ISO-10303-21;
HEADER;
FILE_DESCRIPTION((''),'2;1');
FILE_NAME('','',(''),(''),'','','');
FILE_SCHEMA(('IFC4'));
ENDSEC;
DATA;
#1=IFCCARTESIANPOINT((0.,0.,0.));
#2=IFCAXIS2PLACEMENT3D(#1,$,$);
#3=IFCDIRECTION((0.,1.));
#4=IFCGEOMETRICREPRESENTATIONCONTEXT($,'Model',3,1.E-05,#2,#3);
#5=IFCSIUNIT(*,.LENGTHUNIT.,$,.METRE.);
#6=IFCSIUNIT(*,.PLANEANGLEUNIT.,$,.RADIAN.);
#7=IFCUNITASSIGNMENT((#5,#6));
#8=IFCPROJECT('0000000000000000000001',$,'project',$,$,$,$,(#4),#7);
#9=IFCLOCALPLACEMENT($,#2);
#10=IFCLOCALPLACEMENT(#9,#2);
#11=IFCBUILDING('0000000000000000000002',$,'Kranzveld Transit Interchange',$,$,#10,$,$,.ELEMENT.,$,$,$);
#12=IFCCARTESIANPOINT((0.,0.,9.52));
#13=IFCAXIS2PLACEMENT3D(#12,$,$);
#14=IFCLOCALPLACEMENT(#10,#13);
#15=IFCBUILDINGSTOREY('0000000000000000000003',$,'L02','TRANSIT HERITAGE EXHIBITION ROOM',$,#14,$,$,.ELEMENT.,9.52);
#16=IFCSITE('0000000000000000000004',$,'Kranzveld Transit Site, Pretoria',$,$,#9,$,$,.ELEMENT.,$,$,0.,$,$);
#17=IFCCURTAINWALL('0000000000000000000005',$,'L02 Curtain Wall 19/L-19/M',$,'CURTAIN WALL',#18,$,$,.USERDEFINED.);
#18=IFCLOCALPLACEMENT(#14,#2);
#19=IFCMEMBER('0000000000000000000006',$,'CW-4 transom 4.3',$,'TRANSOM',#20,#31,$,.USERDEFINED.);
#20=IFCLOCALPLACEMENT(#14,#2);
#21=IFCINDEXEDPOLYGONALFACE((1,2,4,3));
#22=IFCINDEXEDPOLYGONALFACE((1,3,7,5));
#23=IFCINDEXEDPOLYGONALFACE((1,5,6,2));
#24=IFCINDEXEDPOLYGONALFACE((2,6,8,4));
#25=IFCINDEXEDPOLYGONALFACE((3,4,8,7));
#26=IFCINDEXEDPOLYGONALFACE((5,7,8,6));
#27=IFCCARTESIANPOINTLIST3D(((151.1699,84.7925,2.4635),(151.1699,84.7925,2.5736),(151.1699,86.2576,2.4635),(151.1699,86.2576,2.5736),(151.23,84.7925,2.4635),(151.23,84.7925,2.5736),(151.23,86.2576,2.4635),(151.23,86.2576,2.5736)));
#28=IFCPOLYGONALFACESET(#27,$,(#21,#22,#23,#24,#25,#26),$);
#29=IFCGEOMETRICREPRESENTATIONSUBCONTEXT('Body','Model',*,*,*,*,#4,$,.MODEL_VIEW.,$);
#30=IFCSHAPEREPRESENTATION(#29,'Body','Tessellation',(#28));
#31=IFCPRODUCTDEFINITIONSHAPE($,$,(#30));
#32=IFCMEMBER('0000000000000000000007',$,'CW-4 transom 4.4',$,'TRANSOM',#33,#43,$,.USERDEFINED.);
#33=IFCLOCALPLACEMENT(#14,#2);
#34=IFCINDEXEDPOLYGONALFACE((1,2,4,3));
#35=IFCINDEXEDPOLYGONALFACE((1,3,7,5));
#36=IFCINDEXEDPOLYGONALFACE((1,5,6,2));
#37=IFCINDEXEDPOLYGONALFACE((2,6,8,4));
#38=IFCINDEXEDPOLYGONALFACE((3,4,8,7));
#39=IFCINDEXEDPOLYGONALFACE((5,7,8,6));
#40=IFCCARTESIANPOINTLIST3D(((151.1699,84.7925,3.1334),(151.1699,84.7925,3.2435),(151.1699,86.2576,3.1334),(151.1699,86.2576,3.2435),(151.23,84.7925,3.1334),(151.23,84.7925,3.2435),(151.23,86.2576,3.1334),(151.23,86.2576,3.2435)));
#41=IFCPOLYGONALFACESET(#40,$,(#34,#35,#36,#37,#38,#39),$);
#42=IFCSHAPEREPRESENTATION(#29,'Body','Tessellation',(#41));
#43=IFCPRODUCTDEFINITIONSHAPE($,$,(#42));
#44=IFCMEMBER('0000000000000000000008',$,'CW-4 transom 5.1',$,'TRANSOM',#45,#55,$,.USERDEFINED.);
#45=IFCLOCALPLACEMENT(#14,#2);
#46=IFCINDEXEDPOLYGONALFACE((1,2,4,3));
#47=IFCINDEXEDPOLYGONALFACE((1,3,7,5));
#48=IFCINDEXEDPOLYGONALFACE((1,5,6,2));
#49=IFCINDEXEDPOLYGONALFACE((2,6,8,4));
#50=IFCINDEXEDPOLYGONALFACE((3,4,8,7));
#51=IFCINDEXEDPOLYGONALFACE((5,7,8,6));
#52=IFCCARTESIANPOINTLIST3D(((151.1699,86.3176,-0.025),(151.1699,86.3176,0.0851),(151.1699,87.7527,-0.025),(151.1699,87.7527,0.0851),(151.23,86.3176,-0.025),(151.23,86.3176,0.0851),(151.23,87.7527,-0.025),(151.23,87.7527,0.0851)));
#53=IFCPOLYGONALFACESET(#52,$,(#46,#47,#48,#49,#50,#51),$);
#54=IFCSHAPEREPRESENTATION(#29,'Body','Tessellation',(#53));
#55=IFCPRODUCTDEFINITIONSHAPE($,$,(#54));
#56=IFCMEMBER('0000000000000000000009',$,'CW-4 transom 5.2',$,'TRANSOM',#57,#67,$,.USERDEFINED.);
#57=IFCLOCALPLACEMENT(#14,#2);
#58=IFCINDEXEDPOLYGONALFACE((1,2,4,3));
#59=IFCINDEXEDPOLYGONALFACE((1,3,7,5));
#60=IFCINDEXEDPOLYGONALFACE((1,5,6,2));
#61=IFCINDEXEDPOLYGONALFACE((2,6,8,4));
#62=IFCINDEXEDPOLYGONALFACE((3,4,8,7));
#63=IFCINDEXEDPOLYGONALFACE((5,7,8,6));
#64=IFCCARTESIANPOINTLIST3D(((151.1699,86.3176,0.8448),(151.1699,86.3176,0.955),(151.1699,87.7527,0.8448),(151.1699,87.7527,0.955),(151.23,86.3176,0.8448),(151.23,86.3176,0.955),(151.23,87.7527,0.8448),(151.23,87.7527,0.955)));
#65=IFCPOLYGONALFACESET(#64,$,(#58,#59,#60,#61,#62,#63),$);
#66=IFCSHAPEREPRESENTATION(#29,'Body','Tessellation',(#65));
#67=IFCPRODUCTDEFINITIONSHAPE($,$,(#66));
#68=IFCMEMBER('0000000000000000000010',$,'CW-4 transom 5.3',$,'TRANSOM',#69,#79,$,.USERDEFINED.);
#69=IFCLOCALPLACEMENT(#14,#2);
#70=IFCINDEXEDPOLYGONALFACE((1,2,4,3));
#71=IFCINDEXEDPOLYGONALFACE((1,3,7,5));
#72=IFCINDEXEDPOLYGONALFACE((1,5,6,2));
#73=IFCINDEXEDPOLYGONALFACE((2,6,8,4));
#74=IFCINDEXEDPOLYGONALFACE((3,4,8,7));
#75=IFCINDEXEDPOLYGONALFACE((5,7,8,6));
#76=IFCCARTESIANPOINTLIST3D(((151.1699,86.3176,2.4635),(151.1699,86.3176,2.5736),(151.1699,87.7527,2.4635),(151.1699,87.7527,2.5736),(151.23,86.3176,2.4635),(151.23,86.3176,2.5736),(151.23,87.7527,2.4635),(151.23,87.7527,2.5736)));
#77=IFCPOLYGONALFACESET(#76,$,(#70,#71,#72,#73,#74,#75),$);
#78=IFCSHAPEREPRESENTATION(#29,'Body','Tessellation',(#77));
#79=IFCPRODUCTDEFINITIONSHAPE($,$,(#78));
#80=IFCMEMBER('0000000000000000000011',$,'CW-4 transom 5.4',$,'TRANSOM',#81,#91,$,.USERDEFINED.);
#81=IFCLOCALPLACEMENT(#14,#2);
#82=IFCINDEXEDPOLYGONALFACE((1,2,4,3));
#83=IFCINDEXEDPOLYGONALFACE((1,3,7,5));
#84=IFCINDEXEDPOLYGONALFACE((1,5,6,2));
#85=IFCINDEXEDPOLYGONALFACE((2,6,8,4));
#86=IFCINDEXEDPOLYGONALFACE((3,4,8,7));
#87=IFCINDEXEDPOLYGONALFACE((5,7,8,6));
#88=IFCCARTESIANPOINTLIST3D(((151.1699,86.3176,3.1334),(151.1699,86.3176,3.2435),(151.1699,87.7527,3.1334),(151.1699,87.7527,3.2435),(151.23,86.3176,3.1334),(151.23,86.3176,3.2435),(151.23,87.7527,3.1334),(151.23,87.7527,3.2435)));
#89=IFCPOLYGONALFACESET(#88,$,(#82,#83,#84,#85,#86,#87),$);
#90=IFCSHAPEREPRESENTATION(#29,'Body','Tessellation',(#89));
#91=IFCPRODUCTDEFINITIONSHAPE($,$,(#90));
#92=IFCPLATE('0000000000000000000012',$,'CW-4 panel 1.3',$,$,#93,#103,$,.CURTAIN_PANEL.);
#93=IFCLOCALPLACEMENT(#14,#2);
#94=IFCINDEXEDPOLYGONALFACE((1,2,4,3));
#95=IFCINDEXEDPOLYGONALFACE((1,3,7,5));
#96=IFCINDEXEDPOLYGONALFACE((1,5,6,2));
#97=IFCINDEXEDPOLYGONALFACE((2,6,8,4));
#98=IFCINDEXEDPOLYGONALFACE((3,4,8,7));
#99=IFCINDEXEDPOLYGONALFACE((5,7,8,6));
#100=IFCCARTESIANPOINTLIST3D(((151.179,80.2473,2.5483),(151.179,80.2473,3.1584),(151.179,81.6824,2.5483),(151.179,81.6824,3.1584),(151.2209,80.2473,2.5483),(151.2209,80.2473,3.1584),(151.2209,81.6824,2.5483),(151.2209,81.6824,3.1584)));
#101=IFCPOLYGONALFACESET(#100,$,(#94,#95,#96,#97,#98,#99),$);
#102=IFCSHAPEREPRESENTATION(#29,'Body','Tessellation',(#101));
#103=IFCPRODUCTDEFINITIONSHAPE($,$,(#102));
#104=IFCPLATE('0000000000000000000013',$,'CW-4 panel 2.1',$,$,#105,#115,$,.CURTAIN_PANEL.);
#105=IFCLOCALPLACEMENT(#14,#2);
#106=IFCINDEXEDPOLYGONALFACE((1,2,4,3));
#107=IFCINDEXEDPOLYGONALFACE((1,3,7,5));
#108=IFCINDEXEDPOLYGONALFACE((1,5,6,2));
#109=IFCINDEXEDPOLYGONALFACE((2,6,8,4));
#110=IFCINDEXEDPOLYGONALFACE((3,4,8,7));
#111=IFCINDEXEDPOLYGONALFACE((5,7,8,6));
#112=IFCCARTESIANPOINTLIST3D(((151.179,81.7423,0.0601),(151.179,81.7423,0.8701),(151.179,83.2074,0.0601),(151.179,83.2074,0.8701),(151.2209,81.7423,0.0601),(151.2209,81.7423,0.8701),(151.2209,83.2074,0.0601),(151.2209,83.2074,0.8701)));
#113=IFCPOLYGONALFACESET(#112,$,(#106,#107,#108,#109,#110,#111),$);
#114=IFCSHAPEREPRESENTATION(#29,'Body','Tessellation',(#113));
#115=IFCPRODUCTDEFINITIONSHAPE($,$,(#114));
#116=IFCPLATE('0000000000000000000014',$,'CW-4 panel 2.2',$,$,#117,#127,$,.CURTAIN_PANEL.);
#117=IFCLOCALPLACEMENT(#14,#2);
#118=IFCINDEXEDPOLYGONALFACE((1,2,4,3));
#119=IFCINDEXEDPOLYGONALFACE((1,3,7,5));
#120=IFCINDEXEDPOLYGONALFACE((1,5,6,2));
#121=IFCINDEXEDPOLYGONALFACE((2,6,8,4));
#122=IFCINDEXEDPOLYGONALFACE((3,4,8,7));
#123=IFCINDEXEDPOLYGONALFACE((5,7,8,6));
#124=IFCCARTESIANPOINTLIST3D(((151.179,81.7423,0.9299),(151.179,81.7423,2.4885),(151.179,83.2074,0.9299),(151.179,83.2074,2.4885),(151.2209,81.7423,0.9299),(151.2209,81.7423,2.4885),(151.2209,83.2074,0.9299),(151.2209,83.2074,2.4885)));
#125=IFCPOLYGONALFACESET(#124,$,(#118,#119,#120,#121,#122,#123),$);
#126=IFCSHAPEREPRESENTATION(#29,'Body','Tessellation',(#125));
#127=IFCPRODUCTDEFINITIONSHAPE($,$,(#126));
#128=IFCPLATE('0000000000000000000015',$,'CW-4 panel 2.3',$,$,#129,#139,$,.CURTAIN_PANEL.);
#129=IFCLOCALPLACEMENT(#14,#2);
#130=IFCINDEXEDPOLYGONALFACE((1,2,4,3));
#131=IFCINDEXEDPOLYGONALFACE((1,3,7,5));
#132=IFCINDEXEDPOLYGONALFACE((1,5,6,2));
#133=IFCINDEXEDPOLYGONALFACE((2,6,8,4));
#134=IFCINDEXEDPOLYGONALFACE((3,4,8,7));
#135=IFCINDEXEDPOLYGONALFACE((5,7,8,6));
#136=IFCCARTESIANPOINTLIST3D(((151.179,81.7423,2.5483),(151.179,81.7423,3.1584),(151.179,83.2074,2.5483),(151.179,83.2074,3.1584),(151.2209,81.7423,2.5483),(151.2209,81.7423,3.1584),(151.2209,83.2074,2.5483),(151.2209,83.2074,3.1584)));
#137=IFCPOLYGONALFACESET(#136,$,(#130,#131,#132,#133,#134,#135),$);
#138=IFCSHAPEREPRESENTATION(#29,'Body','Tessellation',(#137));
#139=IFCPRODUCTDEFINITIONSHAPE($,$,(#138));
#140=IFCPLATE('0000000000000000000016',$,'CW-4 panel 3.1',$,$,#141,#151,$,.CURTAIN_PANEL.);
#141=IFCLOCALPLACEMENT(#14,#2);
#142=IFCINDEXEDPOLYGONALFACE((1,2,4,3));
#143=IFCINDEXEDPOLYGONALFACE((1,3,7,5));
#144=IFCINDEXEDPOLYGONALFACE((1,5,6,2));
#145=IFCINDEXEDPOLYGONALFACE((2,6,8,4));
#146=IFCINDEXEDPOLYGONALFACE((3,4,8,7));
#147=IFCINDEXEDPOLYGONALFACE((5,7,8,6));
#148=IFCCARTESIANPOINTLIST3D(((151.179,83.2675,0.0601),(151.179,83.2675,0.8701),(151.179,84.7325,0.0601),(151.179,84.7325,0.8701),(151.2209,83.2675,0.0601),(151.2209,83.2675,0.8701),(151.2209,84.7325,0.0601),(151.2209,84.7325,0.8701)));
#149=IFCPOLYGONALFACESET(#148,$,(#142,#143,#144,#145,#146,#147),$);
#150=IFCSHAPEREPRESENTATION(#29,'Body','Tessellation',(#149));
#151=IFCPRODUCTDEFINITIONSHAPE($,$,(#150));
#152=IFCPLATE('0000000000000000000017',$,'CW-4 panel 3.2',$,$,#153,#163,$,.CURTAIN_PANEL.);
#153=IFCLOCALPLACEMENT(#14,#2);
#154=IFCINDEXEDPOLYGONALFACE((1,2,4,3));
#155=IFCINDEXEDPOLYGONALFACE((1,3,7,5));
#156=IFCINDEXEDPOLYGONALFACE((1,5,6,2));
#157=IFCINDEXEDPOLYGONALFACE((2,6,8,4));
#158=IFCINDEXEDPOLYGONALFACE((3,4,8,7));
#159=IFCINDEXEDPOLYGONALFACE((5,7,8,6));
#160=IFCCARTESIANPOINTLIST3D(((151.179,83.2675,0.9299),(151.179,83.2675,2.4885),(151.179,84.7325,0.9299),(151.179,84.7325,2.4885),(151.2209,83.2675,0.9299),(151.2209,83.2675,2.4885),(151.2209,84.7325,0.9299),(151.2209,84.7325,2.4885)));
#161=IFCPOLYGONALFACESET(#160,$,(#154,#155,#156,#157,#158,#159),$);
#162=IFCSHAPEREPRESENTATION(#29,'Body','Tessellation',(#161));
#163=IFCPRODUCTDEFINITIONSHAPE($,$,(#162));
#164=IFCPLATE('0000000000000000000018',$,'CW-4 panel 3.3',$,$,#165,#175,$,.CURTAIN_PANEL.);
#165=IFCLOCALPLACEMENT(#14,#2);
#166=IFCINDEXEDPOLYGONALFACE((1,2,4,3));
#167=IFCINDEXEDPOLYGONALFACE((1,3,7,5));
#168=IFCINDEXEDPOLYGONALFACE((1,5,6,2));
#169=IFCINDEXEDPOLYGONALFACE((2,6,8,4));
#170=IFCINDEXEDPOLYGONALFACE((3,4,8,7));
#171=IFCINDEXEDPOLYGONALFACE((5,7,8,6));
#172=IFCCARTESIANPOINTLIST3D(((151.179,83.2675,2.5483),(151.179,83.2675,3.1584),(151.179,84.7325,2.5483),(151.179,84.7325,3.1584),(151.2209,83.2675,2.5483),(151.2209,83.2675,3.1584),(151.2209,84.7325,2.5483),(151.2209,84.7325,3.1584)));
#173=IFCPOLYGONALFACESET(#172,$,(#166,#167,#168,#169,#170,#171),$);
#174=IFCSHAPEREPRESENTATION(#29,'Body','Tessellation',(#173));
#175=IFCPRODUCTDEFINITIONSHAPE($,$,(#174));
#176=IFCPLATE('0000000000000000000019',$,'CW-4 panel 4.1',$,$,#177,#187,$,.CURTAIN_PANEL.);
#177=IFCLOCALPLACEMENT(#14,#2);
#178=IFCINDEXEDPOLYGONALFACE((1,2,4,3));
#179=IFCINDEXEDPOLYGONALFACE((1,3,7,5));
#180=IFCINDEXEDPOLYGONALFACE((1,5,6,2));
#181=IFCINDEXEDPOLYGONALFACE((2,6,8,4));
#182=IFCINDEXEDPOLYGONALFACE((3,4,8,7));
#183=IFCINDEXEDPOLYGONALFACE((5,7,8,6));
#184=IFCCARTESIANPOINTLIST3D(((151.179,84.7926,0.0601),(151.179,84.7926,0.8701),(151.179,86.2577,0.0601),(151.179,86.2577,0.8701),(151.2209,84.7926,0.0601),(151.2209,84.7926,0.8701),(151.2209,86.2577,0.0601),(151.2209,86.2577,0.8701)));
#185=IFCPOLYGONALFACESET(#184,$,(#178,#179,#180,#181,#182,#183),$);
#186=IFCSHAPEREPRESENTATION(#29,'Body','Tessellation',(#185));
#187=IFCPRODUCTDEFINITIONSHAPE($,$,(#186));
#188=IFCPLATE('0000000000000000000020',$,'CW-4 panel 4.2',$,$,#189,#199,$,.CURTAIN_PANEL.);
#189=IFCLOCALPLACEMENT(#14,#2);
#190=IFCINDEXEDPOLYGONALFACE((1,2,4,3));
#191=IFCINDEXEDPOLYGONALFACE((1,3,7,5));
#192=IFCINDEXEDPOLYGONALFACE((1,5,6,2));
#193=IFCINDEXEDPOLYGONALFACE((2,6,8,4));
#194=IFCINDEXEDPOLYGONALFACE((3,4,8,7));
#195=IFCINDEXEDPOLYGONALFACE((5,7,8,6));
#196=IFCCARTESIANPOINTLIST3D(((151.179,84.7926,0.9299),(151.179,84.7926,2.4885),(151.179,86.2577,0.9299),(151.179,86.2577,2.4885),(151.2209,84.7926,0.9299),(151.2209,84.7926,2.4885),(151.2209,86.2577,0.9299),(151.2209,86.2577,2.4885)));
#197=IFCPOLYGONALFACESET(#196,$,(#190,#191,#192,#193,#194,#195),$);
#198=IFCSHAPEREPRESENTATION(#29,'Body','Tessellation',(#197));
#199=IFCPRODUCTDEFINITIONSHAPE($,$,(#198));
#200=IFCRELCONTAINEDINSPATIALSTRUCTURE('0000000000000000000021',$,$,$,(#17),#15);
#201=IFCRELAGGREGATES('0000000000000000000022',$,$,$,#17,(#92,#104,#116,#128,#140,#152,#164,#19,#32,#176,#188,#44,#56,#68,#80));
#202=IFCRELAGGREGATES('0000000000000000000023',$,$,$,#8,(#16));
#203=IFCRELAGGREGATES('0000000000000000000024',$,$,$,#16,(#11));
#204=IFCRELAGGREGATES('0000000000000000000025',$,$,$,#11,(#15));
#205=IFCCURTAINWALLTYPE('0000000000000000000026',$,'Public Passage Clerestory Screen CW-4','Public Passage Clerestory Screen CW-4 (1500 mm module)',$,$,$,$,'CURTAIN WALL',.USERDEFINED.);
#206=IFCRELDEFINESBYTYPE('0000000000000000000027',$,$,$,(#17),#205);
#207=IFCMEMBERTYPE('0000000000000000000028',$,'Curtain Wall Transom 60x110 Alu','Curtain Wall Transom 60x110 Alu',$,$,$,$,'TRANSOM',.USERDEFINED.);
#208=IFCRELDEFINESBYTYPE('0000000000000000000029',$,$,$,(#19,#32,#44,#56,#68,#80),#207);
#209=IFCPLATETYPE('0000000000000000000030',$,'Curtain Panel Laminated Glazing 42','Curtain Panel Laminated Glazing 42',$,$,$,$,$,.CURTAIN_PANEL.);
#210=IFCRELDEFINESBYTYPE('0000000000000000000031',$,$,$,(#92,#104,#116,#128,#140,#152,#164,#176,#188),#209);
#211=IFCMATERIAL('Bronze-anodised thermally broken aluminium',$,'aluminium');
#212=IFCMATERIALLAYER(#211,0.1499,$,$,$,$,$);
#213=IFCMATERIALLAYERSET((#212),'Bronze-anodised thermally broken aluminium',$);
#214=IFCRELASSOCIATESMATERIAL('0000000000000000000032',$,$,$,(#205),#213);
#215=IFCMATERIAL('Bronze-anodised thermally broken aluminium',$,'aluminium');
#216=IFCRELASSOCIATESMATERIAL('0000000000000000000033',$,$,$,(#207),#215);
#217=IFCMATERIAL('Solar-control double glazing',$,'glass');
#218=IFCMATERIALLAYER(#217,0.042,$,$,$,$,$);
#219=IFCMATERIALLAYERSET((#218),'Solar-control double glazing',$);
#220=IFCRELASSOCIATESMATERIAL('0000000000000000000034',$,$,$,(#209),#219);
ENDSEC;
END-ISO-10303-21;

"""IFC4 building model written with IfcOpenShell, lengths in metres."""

from ifc_helpers import new_model, si_unit, direction, frame, origin, origin_2d, place, context, subcontext, project, spatial, rectangle, extrude, material, layer, layer_set, material_profile, profile_set, type_object, element, aggregate, save


model = new_model("IFC4")

# Units and contexts
model_context = context("Model", 3, precision=1e-05, world=origin(), true_north=direction((0.0, 1.0)))
body_context = subcontext(model_context, "Body", "Model", "MODEL_VIEW")
ifc_project = project(units=[si_unit("LENGTHUNIT", "METRE"), si_unit("PLANEANGLEUNIT", "RADIAN")], contexts=[model_context])

# Site, building, storey
site_placement = place(None, origin())
site = spatial("IfcSite", under=ifc_project, at=site_placement, Name="Kranzveld Transit Site, Pretoria", CompositionType="ELEMENT", RefElevation=0.0)
building_placement = place(site_placement, origin())
building = spatial("IfcBuilding", under=site, at=building_placement, Name="Kranzveld Transit Interchange", CompositionType="ELEMENT")
storey_placement = place(building_placement, frame((0.0, 0.0, 9.52)))
storey = spatial("IfcBuildingStorey", under=building, at=storey_placement, Name="L02", Description="TRANSIT HERITAGE EXHIBITION ROOM", CompositionType="ELEMENT", Elevation=9.52)

# Curtain wall, members, plates
ifc_material_1 = material(Name="Bronze-anodised thermally broken aluminium", Category="aluminium")
ifc_layer_1 = layer(ifc_material_1, 0.1499)
ifc_layer_set_1 = layer_set([ifc_layer_1], Name="Bronze-anodised thermally broken aluminium")
curtain_wall_type = type_object("IfcCurtainWallType", Name="Public Passage Clerestory Screen CW-4", Description="Public Passage Clerestory Screen CW-4 (1500 mm module)", ElementType="CURTAIN WALL", PredefinedType="USERDEFINED", material=ifc_layer_set_1)
curtain_wall_placement = place(storey_placement, origin())
curtain_wall = element("IfcCurtainWall", 1, at=curtain_wall_placement, inside=storey, type_object=curtain_wall_type, Name="L02 Curtain Wall 19/L-19/M", ObjectType="CURTAIN WALL", PredefinedType="USERDEFINED")
ifc_material_2 = material(Name="Bronze-anodised thermally broken aluminium", Category="aluminium")
ifc_material_profile_1 = material_profile(ifc_material_2, rectangle(XDim=0.0601, YDim=0.1101, at=origin_2d()), Name="ALU TRANSOM 60x110")
ifc_profile_set_1 = profile_set([ifc_material_profile_1], Name="Bronze-anodised thermally broken aluminium")
member_type_1 = type_object("IfcMemberType", Name="Curtain Wall Transom 60x110 Alu", Description="Curtain Wall Transom 60x110 Alu", ElementType="TRANSOM", PredefinedType="USERDEFINED", material=ifc_profile_set_1)
member_1_placement = place(storey_placement, frame((151.2, 84.7925, 2.5186), z_axis=(0.0, 1.0, 0.0), x_axis=(-1.0, 0.0, 0.0)))
member_1 = element("IfcMember", 2, at=member_1_placement, type_object=member_type_1, Name="CW-4 transom 4.3", ObjectType="TRANSOM", PredefinedType="USERDEFINED", context=body_context, shape_type="SweptSolid", body=[
    extrude(rectangle(XDim=0.0601, YDim=0.1101, at=origin_2d()), origin(), (0.0, 0.0, 1.0), 1.4651),
])
member_2_placement = place(storey_placement, frame((151.2, 84.7925, 3.1885), z_axis=(0.0, 1.0, 0.0), x_axis=(-1.0, 0.0, 0.0)))
member_2 = element("IfcMember", 3, at=member_2_placement, type_object=member_type_1, Name="CW-4 transom 4.4", ObjectType="TRANSOM", PredefinedType="USERDEFINED", context=body_context, shape_type="SweptSolid", body=[
    extrude(rectangle(XDim=0.0601, YDim=0.1101, at=origin_2d()), origin(), (0.0, 0.0, 1.0), 1.4651),
])
member_3_placement = place(storey_placement, frame((151.2, 86.3176, 0.03), z_axis=(0.0, 1.0, 0.0), x_axis=(-1.0, 0.0, 0.0)))
member_3 = element("IfcMember", 4, at=member_3_placement, type_object=member_type_1, Name="CW-4 transom 5.1", ObjectType="TRANSOM", PredefinedType="USERDEFINED", context=body_context, shape_type="SweptSolid", body=[
    extrude(rectangle(XDim=0.0601, YDim=0.1101, at=origin_2d()), origin(), (0.0, 0.0, 1.0), 1.4351),
])
member_4_placement = place(storey_placement, frame((151.2, 86.3176, 0.8999), z_axis=(0.0, 1.0, 0.0), x_axis=(-1.0, 0.0, 0.0)))
member_4 = element("IfcMember", 5, at=member_4_placement, type_object=member_type_1, Name="CW-4 transom 5.2", ObjectType="TRANSOM", PredefinedType="USERDEFINED", context=body_context, shape_type="SweptSolid", body=[
    extrude(rectangle(XDim=0.0601, YDim=0.1101, at=origin_2d()), origin(), (0.0, 0.0, 1.0), 1.4351),
])
member_5_placement = place(storey_placement, frame((151.2, 86.3176, 2.5186), z_axis=(0.0, 1.0, 0.0), x_axis=(-1.0, 0.0, 0.0)))
member_5 = element("IfcMember", 6, at=member_5_placement, type_object=member_type_1, Name="CW-4 transom 5.3", ObjectType="TRANSOM", PredefinedType="USERDEFINED", context=body_context, shape_type="SweptSolid", body=[
    extrude(rectangle(XDim=0.0601, YDim=0.1101, at=origin_2d()), origin(), (0.0, 0.0, 1.0), 1.4351),
])
member_6_placement = place(storey_placement, frame((151.2, 86.3176, 3.1885), z_axis=(0.0, 1.0, 0.0), x_axis=(-1.0, 0.0, 0.0)))
member_6 = element("IfcMember", 7, at=member_6_placement, type_object=member_type_1, Name="CW-4 transom 5.4", ObjectType="TRANSOM", PredefinedType="USERDEFINED", context=body_context, shape_type="SweptSolid", body=[
    extrude(rectangle(XDim=0.0601, YDim=0.1101, at=origin_2d()), origin(), (0.0, 0.0, 1.0), 1.4351),
])
ifc_material_3 = material(Name="Solar-control double glazing", Category="glass")
ifc_layer_2 = layer(ifc_material_3, 0.042)
ifc_layer_set_2 = layer_set([ifc_layer_2], Name="Solar-control double glazing")
plate_type = type_object("IfcPlateType", Name="Curtain Panel Laminated Glazing 42", Description="Curtain Panel Laminated Glazing 42", PredefinedType="CURTAIN_PANEL", material=ifc_layer_set_2)
plate_1_placement = place(storey_placement, frame((151.2, 80.9648, 2.5483), z_axis=(0.0, 0.0, 1.0), x_axis=(0.0, 1.0, 0.0)))
plate_1 = element("IfcPlate", 8, at=plate_1_placement, type_object=plate_type, Name="CW-4 panel 1.3", PredefinedType="CURTAIN_PANEL", context=body_context, shape_type="SweptSolid", body=[
    extrude(rectangle(XDim=1.4351, YDim=0.042, at=origin_2d()), origin(), (0.0, 0.0, 1.0), 0.6101),
])
plate_2_placement = place(storey_placement, frame((151.2, 82.4749, 0.0601), z_axis=(0.0, 0.0, 1.0), x_axis=(0.0, 1.0, 0.0)))
plate_2 = element("IfcPlate", 9, at=plate_2_placement, type_object=plate_type, Name="CW-4 panel 2.1", PredefinedType="CURTAIN_PANEL", context=body_context, shape_type="SweptSolid", body=[
    extrude(rectangle(XDim=1.4651, YDim=0.042, at=origin_2d()), origin(), (0.0, 0.0, 1.0), 0.8101),
])
plate_3_placement = place(storey_placement, frame((151.2, 82.4749, 0.9299), z_axis=(0.0, 0.0, 1.0), x_axis=(0.0, 1.0, 0.0)))
plate_3 = element("IfcPlate", 10, at=plate_3_placement, type_object=plate_type, Name="CW-4 panel 2.2", PredefinedType="CURTAIN_PANEL", context=body_context, shape_type="SweptSolid", body=[
    extrude(rectangle(XDim=1.4651, YDim=0.042, at=origin_2d()), origin(), (0.0, 0.0, 1.0), 1.5586),
])
plate_4_placement = place(storey_placement, frame((151.2, 82.4749, 2.5483), z_axis=(0.0, 0.0, 1.0), x_axis=(0.0, 1.0, 0.0)))
plate_4 = element("IfcPlate", 11, at=plate_4_placement, type_object=plate_type, Name="CW-4 panel 2.3", PredefinedType="CURTAIN_PANEL", context=body_context, shape_type="SweptSolid", body=[
    extrude(rectangle(XDim=1.4651, YDim=0.042, at=origin_2d()), origin(), (0.0, 0.0, 1.0), 0.6101),
])
plate_5_placement = place(storey_placement, frame((151.2, 84.0, 0.0601), z_axis=(0.0, 0.0, 1.0), x_axis=(0.0, 1.0, 0.0)))
plate_5 = element("IfcPlate", 12, at=plate_5_placement, type_object=plate_type, Name="CW-4 panel 3.1", PredefinedType="CURTAIN_PANEL", context=body_context, shape_type="SweptSolid", body=[
    extrude(rectangle(XDim=1.4651, YDim=0.042, at=origin_2d()), origin(), (0.0, 0.0, 1.0), 0.8101),
])
plate_6_placement = place(storey_placement, frame((151.2, 84.0, 0.9299), z_axis=(0.0, 0.0, 1.0), x_axis=(0.0, 1.0, 0.0)))
plate_6 = element("IfcPlate", 13, at=plate_6_placement, type_object=plate_type, Name="CW-4 panel 3.2", PredefinedType="CURTAIN_PANEL", context=body_context, shape_type="SweptSolid", body=[
    extrude(rectangle(XDim=1.4651, YDim=0.042, at=origin_2d()), origin(), (0.0, 0.0, 1.0), 1.5586),
])
plate_7_placement = place(storey_placement, frame((151.2, 84.0, 2.5483), z_axis=(0.0, 0.0, 1.0), x_axis=(0.0, 1.0, 0.0)))
plate_7 = element("IfcPlate", 14, at=plate_7_placement, type_object=plate_type, Name="CW-4 panel 3.3", PredefinedType="CURTAIN_PANEL", context=body_context, shape_type="SweptSolid", body=[
    extrude(rectangle(XDim=1.4651, YDim=0.042, at=origin_2d()), origin(), (0.0, 0.0, 1.0), 0.6101),
])
plate_8_placement = place(storey_placement, frame((151.2, 85.5251, 0.0601), z_axis=(0.0, 0.0, 1.0), x_axis=(0.0, 1.0, 0.0)))
plate_8 = element("IfcPlate", 15, at=plate_8_placement, type_object=plate_type, Name="CW-4 panel 4.1", PredefinedType="CURTAIN_PANEL", context=body_context, shape_type="SweptSolid", body=[
    extrude(rectangle(XDim=1.4651, YDim=0.042, at=origin_2d()), origin(), (0.0, 0.0, 1.0), 0.8101),
])
plate_9_placement = place(storey_placement, frame((151.2, 85.5251, 0.9299), z_axis=(0.0, 0.0, 1.0), x_axis=(0.0, 1.0, 0.0)))
plate_9 = element("IfcPlate", 16, at=plate_9_placement, type_object=plate_type, Name="CW-4 panel 4.2", PredefinedType="CURTAIN_PANEL", context=body_context, shape_type="SweptSolid", body=[
    extrude(rectangle(XDim=1.4651, YDim=0.042, at=origin_2d()), origin(), (0.0, 0.0, 1.0), 1.5586),
])
aggregate(curtain_wall, [plate_1, plate_2, plate_3, plate_4, plate_5, plate_6, plate_7, member_1, member_2, plate_8, plate_9, member_3, member_4, member_5, member_6])

save(model, "model.ifc")
